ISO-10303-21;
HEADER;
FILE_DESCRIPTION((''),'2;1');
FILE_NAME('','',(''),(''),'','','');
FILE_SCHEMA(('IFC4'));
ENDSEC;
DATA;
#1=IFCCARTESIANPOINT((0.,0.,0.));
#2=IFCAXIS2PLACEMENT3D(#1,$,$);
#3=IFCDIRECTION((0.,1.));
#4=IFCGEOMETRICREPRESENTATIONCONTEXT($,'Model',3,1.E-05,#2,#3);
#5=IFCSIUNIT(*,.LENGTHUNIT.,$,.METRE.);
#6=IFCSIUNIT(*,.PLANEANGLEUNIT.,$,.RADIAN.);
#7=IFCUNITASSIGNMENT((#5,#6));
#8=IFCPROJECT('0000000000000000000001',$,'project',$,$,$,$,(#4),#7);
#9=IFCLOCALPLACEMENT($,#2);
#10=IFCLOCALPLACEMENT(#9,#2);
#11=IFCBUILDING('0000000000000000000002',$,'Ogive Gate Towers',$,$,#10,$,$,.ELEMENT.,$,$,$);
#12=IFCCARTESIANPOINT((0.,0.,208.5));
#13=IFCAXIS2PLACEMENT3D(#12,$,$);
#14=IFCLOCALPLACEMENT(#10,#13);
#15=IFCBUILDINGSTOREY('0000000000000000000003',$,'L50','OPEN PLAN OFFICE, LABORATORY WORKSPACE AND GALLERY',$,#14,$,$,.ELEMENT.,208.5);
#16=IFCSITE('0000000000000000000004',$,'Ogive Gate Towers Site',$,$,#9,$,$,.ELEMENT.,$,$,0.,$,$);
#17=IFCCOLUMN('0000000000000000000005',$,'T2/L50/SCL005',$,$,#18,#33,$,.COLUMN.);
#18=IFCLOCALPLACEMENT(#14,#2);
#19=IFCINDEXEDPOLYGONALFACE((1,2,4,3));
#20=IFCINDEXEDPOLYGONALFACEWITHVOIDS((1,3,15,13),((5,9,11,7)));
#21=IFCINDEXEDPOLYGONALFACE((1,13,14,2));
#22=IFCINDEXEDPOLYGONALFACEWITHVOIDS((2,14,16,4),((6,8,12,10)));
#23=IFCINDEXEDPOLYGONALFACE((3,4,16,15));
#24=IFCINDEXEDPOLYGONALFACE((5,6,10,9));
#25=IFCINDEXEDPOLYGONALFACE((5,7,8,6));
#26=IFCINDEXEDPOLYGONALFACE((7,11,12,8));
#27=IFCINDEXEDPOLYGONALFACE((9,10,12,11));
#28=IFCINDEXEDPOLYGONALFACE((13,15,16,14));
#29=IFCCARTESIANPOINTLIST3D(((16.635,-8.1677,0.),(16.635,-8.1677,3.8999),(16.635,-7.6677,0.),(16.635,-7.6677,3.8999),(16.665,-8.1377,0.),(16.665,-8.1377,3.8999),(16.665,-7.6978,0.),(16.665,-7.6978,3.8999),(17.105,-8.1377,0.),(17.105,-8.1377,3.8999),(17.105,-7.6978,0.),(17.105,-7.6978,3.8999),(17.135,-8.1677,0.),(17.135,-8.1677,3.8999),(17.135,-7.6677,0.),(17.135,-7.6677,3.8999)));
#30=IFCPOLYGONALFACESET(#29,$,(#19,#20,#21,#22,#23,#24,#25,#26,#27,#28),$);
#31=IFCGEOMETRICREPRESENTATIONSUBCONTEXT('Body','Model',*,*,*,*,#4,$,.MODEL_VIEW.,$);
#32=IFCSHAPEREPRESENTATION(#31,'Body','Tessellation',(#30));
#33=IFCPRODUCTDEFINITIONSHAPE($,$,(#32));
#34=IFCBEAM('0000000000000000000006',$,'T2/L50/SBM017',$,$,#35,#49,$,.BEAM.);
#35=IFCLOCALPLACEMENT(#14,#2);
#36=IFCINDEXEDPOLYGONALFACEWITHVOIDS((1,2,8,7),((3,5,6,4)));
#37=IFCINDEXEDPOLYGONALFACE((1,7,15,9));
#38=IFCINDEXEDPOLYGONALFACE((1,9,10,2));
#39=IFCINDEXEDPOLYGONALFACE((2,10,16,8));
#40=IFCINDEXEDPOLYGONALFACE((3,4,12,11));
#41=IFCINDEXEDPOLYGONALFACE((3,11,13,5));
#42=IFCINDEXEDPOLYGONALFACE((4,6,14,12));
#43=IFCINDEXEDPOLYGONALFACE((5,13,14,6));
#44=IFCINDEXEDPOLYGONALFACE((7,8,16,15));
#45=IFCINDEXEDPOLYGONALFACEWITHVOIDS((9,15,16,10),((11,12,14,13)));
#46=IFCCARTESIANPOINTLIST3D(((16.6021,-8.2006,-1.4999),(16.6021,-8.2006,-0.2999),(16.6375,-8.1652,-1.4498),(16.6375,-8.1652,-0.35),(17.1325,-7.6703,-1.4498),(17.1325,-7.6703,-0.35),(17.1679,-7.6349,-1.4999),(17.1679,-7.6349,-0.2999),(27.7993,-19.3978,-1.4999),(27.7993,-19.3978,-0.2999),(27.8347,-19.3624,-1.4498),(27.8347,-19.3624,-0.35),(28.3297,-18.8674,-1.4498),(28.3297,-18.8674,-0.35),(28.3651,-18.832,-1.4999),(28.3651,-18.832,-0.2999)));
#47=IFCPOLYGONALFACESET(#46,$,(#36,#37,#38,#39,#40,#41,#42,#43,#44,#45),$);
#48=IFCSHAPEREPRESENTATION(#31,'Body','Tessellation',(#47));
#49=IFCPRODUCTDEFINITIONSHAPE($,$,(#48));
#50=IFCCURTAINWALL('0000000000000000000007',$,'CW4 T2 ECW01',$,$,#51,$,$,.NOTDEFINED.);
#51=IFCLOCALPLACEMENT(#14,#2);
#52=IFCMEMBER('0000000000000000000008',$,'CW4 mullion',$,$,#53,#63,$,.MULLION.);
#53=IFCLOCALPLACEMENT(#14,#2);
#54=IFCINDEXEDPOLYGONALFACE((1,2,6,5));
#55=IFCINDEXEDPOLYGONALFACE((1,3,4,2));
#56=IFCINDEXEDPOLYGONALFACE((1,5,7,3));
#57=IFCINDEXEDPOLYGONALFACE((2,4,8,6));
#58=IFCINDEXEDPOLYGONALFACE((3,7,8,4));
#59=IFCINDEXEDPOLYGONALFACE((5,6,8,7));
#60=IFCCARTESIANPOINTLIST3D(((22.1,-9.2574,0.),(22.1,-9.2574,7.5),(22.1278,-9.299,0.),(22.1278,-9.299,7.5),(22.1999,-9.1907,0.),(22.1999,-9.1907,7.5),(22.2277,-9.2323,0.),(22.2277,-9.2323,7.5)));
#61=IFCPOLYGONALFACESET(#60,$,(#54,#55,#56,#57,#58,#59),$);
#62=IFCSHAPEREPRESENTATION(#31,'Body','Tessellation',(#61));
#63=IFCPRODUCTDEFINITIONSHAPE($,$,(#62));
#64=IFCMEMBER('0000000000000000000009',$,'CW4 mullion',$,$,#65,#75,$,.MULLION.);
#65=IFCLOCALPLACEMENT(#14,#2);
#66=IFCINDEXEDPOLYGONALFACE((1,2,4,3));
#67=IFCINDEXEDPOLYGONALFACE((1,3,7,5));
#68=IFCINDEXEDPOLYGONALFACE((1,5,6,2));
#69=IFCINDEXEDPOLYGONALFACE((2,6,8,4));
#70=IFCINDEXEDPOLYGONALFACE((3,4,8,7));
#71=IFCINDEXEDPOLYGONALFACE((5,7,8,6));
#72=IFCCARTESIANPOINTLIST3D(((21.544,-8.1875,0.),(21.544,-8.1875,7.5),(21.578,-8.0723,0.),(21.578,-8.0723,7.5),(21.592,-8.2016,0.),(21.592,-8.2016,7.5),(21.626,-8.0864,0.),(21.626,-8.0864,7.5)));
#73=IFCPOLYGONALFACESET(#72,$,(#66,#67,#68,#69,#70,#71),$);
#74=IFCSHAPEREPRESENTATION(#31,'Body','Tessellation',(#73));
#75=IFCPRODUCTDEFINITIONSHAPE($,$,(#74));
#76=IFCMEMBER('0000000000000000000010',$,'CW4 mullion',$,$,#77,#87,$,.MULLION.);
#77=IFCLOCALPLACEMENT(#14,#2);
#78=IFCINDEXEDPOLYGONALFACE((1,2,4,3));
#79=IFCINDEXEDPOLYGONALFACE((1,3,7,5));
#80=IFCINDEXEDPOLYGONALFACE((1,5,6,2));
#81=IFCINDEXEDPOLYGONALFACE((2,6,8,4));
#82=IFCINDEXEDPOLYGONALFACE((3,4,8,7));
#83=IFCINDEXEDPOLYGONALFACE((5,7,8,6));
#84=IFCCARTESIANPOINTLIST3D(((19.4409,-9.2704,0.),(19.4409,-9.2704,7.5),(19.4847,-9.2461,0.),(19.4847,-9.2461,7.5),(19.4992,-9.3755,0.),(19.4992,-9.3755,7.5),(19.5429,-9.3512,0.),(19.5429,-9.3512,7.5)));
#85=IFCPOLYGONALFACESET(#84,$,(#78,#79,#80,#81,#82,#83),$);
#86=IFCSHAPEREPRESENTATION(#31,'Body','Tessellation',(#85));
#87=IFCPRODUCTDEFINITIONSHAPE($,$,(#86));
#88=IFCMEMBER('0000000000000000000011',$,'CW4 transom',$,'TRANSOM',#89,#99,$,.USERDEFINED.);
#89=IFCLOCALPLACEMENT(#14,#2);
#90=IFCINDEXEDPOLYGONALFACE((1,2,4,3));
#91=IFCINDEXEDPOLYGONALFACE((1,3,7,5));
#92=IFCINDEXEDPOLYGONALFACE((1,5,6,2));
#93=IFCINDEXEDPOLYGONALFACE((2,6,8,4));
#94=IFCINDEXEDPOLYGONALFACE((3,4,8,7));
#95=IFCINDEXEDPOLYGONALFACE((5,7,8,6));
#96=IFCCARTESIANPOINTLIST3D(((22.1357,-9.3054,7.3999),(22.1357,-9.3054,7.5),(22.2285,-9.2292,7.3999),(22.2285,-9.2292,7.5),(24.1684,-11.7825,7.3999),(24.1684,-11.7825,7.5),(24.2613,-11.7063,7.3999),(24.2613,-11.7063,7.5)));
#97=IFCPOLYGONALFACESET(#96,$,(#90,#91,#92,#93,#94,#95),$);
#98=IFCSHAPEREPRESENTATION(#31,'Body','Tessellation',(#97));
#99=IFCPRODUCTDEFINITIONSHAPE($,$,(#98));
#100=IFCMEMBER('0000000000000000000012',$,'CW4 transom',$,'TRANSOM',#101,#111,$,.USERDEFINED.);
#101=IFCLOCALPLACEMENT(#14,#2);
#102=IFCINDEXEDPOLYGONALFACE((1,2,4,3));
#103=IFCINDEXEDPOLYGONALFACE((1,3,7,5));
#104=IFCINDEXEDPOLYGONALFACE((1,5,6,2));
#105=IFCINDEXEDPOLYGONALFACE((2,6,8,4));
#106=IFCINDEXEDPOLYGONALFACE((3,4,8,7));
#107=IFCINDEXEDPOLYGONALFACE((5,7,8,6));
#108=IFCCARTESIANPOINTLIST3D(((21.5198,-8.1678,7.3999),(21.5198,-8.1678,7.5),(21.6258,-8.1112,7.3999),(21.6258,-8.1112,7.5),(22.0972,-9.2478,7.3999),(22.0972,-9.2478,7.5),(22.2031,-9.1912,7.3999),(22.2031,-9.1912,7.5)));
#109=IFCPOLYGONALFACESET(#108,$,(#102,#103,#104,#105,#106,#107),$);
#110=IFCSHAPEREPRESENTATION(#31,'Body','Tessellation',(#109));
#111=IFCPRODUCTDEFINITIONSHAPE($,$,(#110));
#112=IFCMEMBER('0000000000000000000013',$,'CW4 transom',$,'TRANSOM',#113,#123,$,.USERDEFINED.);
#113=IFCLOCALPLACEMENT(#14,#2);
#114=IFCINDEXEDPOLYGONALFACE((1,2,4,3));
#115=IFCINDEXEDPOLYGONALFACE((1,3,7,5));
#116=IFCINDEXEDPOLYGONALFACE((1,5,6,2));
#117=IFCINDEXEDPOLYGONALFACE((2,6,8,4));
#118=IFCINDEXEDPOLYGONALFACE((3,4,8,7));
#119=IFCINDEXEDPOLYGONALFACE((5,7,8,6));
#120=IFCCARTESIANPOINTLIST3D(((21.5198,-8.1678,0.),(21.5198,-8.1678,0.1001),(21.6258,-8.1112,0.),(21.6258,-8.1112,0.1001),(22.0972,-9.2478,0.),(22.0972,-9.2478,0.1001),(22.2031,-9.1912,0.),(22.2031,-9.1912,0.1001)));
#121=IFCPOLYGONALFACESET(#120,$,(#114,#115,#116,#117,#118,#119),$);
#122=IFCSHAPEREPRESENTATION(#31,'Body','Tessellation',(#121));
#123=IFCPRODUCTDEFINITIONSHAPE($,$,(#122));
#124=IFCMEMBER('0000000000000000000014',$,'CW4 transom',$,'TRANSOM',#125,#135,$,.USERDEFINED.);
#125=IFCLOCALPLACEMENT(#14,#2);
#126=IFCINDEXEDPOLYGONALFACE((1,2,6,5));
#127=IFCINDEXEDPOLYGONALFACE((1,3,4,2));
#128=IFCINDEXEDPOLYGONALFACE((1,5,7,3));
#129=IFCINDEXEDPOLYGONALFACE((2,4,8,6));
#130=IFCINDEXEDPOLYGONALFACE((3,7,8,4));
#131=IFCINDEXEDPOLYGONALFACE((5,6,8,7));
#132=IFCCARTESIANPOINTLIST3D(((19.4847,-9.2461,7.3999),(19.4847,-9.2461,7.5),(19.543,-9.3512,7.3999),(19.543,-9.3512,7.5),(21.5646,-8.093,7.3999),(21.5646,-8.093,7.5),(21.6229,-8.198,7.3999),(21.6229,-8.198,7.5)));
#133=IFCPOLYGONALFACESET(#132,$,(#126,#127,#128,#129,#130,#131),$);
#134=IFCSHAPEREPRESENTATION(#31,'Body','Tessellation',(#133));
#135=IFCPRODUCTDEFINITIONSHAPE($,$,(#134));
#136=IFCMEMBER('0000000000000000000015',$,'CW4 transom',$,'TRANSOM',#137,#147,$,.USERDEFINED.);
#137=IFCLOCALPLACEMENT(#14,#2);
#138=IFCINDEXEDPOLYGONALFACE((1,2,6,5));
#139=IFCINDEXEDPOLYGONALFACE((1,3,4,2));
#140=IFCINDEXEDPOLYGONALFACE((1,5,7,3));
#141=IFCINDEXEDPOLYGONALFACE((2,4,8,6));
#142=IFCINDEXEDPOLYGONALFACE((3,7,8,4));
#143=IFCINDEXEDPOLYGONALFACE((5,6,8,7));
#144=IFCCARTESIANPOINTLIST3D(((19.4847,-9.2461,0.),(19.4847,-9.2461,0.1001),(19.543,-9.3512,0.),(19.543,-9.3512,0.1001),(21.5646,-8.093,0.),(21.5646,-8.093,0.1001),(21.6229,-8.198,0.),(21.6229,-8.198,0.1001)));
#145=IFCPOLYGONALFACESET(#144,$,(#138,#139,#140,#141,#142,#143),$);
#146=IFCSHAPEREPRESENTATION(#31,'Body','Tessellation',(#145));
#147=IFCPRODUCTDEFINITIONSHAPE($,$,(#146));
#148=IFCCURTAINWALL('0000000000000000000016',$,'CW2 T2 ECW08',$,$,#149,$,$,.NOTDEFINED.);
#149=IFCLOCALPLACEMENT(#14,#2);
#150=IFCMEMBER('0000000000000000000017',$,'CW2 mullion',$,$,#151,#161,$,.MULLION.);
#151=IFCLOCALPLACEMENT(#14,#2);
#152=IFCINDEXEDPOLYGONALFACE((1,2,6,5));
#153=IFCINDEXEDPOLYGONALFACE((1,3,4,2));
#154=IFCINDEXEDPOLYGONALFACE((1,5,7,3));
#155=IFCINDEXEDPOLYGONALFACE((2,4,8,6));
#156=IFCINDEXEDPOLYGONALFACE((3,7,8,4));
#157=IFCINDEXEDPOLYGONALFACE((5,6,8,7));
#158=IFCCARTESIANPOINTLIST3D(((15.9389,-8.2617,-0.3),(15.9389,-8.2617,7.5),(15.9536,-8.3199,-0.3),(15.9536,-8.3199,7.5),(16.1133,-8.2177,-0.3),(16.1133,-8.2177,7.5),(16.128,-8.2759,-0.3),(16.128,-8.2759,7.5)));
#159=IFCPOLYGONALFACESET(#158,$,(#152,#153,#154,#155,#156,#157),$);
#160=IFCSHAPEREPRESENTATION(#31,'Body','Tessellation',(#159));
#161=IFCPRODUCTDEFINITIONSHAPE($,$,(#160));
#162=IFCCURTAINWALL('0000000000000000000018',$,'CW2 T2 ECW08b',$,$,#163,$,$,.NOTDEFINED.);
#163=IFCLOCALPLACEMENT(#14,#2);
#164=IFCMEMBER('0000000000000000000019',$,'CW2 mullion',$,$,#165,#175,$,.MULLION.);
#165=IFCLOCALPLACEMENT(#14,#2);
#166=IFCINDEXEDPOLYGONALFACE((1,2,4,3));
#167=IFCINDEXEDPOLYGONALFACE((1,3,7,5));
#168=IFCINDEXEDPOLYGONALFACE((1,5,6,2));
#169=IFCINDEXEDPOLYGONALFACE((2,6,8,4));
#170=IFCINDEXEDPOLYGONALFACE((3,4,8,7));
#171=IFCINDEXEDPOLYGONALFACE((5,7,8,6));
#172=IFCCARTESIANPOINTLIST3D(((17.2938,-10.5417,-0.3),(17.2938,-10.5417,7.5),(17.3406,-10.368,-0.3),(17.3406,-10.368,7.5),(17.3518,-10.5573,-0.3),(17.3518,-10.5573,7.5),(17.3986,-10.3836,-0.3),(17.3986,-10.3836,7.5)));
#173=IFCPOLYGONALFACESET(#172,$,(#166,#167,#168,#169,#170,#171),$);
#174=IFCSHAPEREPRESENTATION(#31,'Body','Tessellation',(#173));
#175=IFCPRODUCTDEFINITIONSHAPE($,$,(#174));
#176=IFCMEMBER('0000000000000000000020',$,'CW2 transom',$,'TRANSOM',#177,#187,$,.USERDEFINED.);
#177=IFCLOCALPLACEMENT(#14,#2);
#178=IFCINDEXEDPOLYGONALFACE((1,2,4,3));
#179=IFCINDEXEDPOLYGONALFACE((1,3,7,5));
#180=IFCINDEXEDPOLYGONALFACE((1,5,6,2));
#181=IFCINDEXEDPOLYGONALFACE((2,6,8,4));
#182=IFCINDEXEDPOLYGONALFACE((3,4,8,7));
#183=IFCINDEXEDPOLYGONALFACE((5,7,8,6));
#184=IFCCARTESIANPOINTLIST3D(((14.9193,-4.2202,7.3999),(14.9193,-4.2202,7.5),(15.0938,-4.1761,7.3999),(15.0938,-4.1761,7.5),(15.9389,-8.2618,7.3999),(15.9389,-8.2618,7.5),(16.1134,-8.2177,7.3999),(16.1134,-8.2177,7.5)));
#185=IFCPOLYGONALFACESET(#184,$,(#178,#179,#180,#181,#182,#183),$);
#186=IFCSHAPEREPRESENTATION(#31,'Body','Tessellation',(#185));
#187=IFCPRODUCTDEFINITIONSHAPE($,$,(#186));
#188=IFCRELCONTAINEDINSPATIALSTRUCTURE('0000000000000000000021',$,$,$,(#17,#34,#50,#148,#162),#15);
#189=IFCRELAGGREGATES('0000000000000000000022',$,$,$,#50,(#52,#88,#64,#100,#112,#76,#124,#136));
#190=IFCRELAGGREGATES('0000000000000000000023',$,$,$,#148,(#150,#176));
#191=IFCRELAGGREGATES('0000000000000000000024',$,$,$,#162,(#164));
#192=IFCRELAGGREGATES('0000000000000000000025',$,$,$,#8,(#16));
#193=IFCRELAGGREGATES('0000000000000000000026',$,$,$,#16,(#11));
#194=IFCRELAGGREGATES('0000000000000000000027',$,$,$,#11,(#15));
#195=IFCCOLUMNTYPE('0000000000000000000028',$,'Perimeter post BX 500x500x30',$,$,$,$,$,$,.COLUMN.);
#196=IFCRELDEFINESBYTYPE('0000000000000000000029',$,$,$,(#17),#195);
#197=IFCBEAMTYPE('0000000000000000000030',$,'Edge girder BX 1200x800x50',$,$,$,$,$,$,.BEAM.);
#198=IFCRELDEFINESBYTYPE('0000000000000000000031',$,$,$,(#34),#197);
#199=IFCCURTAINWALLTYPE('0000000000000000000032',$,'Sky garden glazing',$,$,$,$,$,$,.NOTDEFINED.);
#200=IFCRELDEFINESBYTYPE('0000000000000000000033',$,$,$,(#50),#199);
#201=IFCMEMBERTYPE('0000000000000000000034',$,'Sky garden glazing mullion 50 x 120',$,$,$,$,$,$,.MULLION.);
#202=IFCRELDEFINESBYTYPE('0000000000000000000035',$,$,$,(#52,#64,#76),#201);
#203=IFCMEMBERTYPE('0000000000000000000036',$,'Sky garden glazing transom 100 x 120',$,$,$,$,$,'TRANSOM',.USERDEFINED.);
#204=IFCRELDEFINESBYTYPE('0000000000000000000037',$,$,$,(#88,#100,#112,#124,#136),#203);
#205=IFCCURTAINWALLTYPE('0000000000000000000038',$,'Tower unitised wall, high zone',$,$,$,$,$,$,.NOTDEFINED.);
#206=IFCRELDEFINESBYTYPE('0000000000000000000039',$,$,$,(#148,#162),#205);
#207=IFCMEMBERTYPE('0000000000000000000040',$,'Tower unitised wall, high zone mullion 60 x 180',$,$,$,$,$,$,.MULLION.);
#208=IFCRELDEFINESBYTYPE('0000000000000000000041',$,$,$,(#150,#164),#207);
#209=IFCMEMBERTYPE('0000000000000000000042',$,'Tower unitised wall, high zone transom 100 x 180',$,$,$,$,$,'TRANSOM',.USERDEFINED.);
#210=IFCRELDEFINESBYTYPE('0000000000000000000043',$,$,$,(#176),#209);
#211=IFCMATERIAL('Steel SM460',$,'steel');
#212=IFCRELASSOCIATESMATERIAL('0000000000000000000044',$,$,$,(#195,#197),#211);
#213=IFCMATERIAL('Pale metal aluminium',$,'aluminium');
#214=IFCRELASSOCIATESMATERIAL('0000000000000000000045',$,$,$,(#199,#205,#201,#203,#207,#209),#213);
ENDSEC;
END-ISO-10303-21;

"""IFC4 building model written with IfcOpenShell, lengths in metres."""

from ifc_helpers import new_model, si_unit, direction, frame, origin, origin_2d, place, context, subcontext, project, spatial, rectangle, hollow_rectangle, extrude, material, material_profile, profile_set, type_object, element, aggregate, save


model = new_model("IFC4")

# Units and contexts
model_context = context("Model", 3, precision=1e-05, world=origin(), true_north=direction((0.0, 1.0)))
body_context = subcontext(model_context, "Body", "Model", "MODEL_VIEW")
ifc_project = project(units=[si_unit("LENGTHUNIT", "METRE"), si_unit("PLANEANGLEUNIT", "RADIAN")], contexts=[model_context])

# Site, building, storey
site_placement = place(None, origin())
site = spatial("IfcSite", under=ifc_project, at=site_placement, Name="Ogive Gate Towers Site", CompositionType="ELEMENT", RefElevation=0.0)
building_placement = place(site_placement, origin())
building = spatial("IfcBuilding", under=site, at=building_placement, Name="Ogive Gate Towers", CompositionType="ELEMENT")
storey_placement = place(building_placement, frame((0.0, 0.0, 208.5)))
storey = spatial("IfcBuildingStorey", under=building, at=storey_placement, Name="L50", Description="OPEN PLAN OFFICE, LABORATORY WORKSPACE AND GALLERY", CompositionType="ELEMENT", Elevation=208.5)

# Column
ifc_material_1 = material(Name="Steel SM460", Category="steel")
ifc_material_profile_1 = material_profile(ifc_material_1, hollow_rectangle(XDim=0.5, YDim=0.5, WallThickness=0.03, at=origin_2d()), Name="BX 500x500x30")
ifc_profile_set_1 = profile_set([ifc_material_profile_1], Name="Steel SM460")
column_type = type_object("IfcColumnType", Name="Perimeter post BX 500x500x30", PredefinedType="COLUMN", material=ifc_profile_set_1)
column_placement = place(storey_placement, frame((16.885, -7.9177, 0.0), z_axis=(0.0, 0.0, 1.0), x_axis=(1.0, 0.0, 0.0)))
element("IfcColumn", 1, at=column_placement, inside=storey, type_object=column_type, Name="T2/L50/SCL005", PredefinedType="COLUMN", context=body_context, shape_type="SweptSolid", body=[
    extrude(hollow_rectangle(XDim=0.5, YDim=0.5, WallThickness=0.03, at=origin_2d()), origin(), (0.0, 0.0, 1.0), 3.8999),
])

# Beam
ifc_material_profile_2 = material_profile(ifc_material_1, hollow_rectangle(XDim=0.8, YDim=1.2, WallThickness=0.05, at=origin_2d()), Name="BX 1200x800x50")
ifc_profile_set_2 = profile_set([ifc_material_profile_2], Name="Steel SM460")
beam_type = type_object("IfcBeamType", Name="Edge girder BX 1200x800x50", PredefinedType="BEAM", material=ifc_profile_set_2)
beam_placement = place(storey_placement, frame((16.885, -7.9177, -0.8999), z_axis=(0.707107, -0.707107, 0.0), x_axis=(0.707107, 0.707107, 0.0)))
element("IfcBeam", 2, at=beam_placement, inside=storey, type_object=beam_type, Name="T2/L50/SBM017", PredefinedType="BEAM", context=body_context, shape_type="SweptSolid", body=[
    extrude(hollow_rectangle(XDim=0.8, YDim=1.2, WallThickness=0.05, at=origin_2d()), origin(), (0.0, 0.0, 1.0), 15.8352),
])

# Curtain wall, members
ifc_material_2 = material(Name="Pale metal aluminium", Category="aluminium")
curtain_wall_type_1 = type_object("IfcCurtainWallType", Name="Sky garden glazing", PredefinedType="NOTDEFINED", material=ifc_material_2)
curtain_wall_1_placement = place(storey_placement, origin())
curtain_wall_1 = element("IfcCurtainWall", 3, at=curtain_wall_1_placement, inside=storey, type_object=curtain_wall_type_1, Name="CW4 T2 ECW01", PredefinedType="NOTDEFINED")
ifc_material_profile_3 = material_profile(ifc_material_2, rectangle(XDim=0.1201, YDim=0.05, at=origin_2d()), Name="50 x 120 aluminium box")
ifc_profile_set_3 = profile_set([ifc_material_profile_3], Name="Pale metal aluminium")
member_type_1 = type_object("IfcMemberType", Name="Sky garden glazing mullion 50 x 120", PredefinedType="MULLION", material=ifc_profile_set_3)
member_1_placement = place(storey_placement, frame((22.1638, -9.2449, 0.0), z_axis=(0.0, 0.0, 1.0), x_axis=(0.83147, 0.55557, 0.0)))
member_1 = element("IfcMember", 4, at=member_1_placement, type_object=member_type_1, Name="CW4 mullion", PredefinedType="MULLION", context=body_context, shape_type="SweptSolid", body=[
    extrude(rectangle(XDim=0.1201, YDim=0.05, at=origin_2d()), origin(), (0.0, 0.0, 1.0), 7.5),
])
member_2_placement = place(storey_placement, frame((21.585, -8.137, 0.0), z_axis=(0.0, 0.0, 1.0), x_axis=(0.282978, 0.959127, 0.0)))
member_2 = element("IfcMember", 5, at=member_2_placement, type_object=member_type_1, Name="CW4 mullion", PredefinedType="MULLION", context=body_context, shape_type="SweptSolid", body=[
    extrude(rectangle(XDim=0.1201, YDim=0.05, at=origin_2d()), origin(), (0.0, 0.0, 1.0), 7.5),
])
member_3_placement = place(storey_placement, frame((19.4919, -9.3108, 0.0), z_axis=(0.0, 0.0, 1.0), x_axis=(-0.484794, 0.874628, 0.0)))
member_3 = element("IfcMember", 6, at=member_3_placement, type_object=member_type_1, Name="CW4 mullion", PredefinedType="MULLION", context=body_context, shape_type="SweptSolid", body=[
    extrude(rectangle(XDim=0.1201, YDim=0.05, at=origin_2d()), origin(), (0.0, 0.0, 1.0), 7.5),
])
ifc_material_profile_4 = material_profile(ifc_material_2, rectangle(XDim=0.1201, YDim=0.1001, at=origin_2d()), Name="100 x 120 aluminium box")
ifc_profile_set_4 = profile_set([ifc_material_profile_4], Name="Pale metal aluminium")
member_type_2 = type_object("IfcMemberType", Name="Sky garden glazing transom 100 x 120", ElementType="TRANSOM", PredefinedType="USERDEFINED", material=ifc_profile_set_4)
member_4_placement = place(storey_placement, frame((24.2148, -11.7444, 7.45), z_axis=(-0.634366, 0.773033, 0.0), x_axis=(-0.773033, -0.634366, 0.0)))
member_4 = element("IfcMember", 7, at=member_4_placement, type_object=member_type_2, Name="CW4 transom", ObjectType="TRANSOM", PredefinedType="USERDEFINED", context=body_context, shape_type="SweptSolid", body=[
    extrude(rectangle(XDim=0.1201, YDim=0.1001, at=origin_2d()), origin(), (0.0, 0.0, 1.0), 3.2043),
])
member_5_placement = place(storey_placement, frame((22.1501, -9.2195, 7.45), z_axis=(-0.471447, 0.881895, 0.0), x_axis=(-0.881895, -0.471447, 0.0)))
member_5 = element("IfcMember", 8, at=member_5_placement, type_object=member_type_2, Name="CW4 transom", ObjectType="TRANSOM", PredefinedType="USERDEFINED", context=body_context, shape_type="SweptSolid", body=[
    extrude(rectangle(XDim=0.1201, YDim=0.1001, at=origin_2d()), origin(), (0.0, 0.0, 1.0), 1.2246),
])
member_6_placement = place(storey_placement, frame((22.1501, -9.2195, 0.05), z_axis=(-0.471447, 0.881895, 0.0), x_axis=(-0.881895, -0.471447, 0.0)))
member_6 = element("IfcMember", 9, at=member_6_placement, type_object=member_type_2, Name="CW4 transom", ObjectType="TRANSOM", PredefinedType="USERDEFINED", context=body_context, shape_type="SweptSolid", body=[
    extrude(rectangle(XDim=0.1201, YDim=0.1001, at=origin_2d()), origin(), (0.0, 0.0, 1.0), 1.2246),
])
member_7_placement = place(storey_placement, frame((21.5938, -8.1455, 7.45), z_axis=(-0.874583, -0.484876, 0.0), x_axis=(0.484876, -0.874583, 0.0)))
member_7 = element("IfcMember", 10, at=member_7_placement, type_object=member_type_2, Name="CW4 transom", ObjectType="TRANSOM", PredefinedType="USERDEFINED", context=body_context, shape_type="SweptSolid", body=[
    extrude(rectangle(XDim=0.1201, YDim=0.1001, at=origin_2d()), origin(), (0.0, 0.0, 1.0), 2.3782),
])
member_8_placement = place(storey_placement, frame((21.5938, -8.1455, 0.05), z_axis=(-0.874583, -0.484876, 0.0), x_axis=(0.484876, -0.874583, 0.0)))
member_8 = element("IfcMember", 11, at=member_8_placement, type_object=member_type_2, Name="CW4 transom", ObjectType="TRANSOM", PredefinedType="USERDEFINED", context=body_context, shape_type="SweptSolid", body=[
    extrude(rectangle(XDim=0.1201, YDim=0.1001, at=origin_2d()), origin(), (0.0, 0.0, 1.0), 2.3782),
])

# Curtain walls, members
curtain_wall_type_2 = type_object("IfcCurtainWallType", Name="Tower unitised wall, high zone", PredefinedType="NOTDEFINED", material=ifc_material_2)
curtain_wall_2_placement = place(storey_placement, origin())
curtain_wall_2 = element("IfcCurtainWall", 12, at=curtain_wall_2_placement, inside=storey, type_object=curtain_wall_type_2, Name="CW2 T2 ECW08", PredefinedType="NOTDEFINED")
ifc_material_profile_5 = material_profile(ifc_material_2, rectangle(XDim=0.1799, YDim=0.0601, at=origin_2d()), Name="60 x 180 aluminium box")
ifc_profile_set_5 = profile_set([ifc_material_profile_5], Name="Pale metal aluminium")
member_type_3 = type_object("IfcMemberType", Name="Tower unitised wall, high zone mullion 60 x 180", PredefinedType="MULLION", material=ifc_profile_set_5)
member_9_placement = place(storey_placement, frame((16.0334, -8.2688, -0.3), z_axis=(0.0, 0.0, 1.0), x_axis=(0.969621, 0.244614, 0.0)))
member_9 = element("IfcMember", 13, at=member_9_placement, type_object=member_type_3, Name="CW2 mullion", PredefinedType="MULLION", context=body_context, shape_type="SweptSolid", body=[
    extrude(rectangle(XDim=0.1799, YDim=0.0601, at=origin_2d()), origin(), (0.0, 0.0, 1.0), 7.8),
])
curtain_wall_3_placement = place(storey_placement, origin())
curtain_wall_3 = element("IfcCurtainWall", 14, at=curtain_wall_3_placement, inside=storey, type_object=curtain_wall_type_2, Name="CW2 T2 ECW08b", PredefinedType="NOTDEFINED")
member_10_placement = place(storey_placement, frame((17.3462, -10.4626, -0.3), z_axis=(0.0, 0.0, 1.0), x_axis=(0.260151, 0.965568, 0.0)))
member_10 = element("IfcMember", 15, at=member_10_placement, type_object=member_type_3, Name="CW2 mullion", PredefinedType="MULLION", context=body_context, shape_type="SweptSolid", body=[
    extrude(rectangle(XDim=0.1799, YDim=0.0601, at=origin_2d()), origin(), (0.0, 0.0, 1.0), 7.8),
])

# Member
ifc_material_profile_6 = material_profile(ifc_material_2, rectangle(XDim=0.1799, YDim=0.1001, at=origin_2d()), Name="100 x 180 aluminium box")
ifc_profile_set_6 = profile_set([ifc_material_profile_6], Name="Pale metal aluminium")
member_type_4 = type_object("IfcMemberType", Name="Tower unitised wall, high zone transom 100 x 180", ElementType="TRANSOM", PredefinedType="USERDEFINED", material=ifc_profile_set_6)
member_11_placement = place(storey_placement, frame((16.0261, -8.2397, 7.45), z_axis=(-0.244602, 0.969623, 0.0), x_axis=(-0.969623, -0.244602, 0.0)))
member_11 = element("IfcMember", 16, at=member_11_placement, type_object=member_type_4, Name="CW2 transom", ObjectType="TRANSOM", PredefinedType="USERDEFINED", context=body_context, shape_type="SweptSolid", body=[
    extrude(rectangle(XDim=0.1799, YDim=0.1001, at=origin_2d()), origin(), (0.0, 0.0, 1.0), 4.1682),
])

aggregate(curtain_wall_1, [member_1, member_4, member_2, member_5, member_6, member_3, member_7, member_8])
aggregate(curtain_wall_2, [member_9, member_11])
aggregate(curtain_wall_3, [member_10])

save(model, "model.ifc")
